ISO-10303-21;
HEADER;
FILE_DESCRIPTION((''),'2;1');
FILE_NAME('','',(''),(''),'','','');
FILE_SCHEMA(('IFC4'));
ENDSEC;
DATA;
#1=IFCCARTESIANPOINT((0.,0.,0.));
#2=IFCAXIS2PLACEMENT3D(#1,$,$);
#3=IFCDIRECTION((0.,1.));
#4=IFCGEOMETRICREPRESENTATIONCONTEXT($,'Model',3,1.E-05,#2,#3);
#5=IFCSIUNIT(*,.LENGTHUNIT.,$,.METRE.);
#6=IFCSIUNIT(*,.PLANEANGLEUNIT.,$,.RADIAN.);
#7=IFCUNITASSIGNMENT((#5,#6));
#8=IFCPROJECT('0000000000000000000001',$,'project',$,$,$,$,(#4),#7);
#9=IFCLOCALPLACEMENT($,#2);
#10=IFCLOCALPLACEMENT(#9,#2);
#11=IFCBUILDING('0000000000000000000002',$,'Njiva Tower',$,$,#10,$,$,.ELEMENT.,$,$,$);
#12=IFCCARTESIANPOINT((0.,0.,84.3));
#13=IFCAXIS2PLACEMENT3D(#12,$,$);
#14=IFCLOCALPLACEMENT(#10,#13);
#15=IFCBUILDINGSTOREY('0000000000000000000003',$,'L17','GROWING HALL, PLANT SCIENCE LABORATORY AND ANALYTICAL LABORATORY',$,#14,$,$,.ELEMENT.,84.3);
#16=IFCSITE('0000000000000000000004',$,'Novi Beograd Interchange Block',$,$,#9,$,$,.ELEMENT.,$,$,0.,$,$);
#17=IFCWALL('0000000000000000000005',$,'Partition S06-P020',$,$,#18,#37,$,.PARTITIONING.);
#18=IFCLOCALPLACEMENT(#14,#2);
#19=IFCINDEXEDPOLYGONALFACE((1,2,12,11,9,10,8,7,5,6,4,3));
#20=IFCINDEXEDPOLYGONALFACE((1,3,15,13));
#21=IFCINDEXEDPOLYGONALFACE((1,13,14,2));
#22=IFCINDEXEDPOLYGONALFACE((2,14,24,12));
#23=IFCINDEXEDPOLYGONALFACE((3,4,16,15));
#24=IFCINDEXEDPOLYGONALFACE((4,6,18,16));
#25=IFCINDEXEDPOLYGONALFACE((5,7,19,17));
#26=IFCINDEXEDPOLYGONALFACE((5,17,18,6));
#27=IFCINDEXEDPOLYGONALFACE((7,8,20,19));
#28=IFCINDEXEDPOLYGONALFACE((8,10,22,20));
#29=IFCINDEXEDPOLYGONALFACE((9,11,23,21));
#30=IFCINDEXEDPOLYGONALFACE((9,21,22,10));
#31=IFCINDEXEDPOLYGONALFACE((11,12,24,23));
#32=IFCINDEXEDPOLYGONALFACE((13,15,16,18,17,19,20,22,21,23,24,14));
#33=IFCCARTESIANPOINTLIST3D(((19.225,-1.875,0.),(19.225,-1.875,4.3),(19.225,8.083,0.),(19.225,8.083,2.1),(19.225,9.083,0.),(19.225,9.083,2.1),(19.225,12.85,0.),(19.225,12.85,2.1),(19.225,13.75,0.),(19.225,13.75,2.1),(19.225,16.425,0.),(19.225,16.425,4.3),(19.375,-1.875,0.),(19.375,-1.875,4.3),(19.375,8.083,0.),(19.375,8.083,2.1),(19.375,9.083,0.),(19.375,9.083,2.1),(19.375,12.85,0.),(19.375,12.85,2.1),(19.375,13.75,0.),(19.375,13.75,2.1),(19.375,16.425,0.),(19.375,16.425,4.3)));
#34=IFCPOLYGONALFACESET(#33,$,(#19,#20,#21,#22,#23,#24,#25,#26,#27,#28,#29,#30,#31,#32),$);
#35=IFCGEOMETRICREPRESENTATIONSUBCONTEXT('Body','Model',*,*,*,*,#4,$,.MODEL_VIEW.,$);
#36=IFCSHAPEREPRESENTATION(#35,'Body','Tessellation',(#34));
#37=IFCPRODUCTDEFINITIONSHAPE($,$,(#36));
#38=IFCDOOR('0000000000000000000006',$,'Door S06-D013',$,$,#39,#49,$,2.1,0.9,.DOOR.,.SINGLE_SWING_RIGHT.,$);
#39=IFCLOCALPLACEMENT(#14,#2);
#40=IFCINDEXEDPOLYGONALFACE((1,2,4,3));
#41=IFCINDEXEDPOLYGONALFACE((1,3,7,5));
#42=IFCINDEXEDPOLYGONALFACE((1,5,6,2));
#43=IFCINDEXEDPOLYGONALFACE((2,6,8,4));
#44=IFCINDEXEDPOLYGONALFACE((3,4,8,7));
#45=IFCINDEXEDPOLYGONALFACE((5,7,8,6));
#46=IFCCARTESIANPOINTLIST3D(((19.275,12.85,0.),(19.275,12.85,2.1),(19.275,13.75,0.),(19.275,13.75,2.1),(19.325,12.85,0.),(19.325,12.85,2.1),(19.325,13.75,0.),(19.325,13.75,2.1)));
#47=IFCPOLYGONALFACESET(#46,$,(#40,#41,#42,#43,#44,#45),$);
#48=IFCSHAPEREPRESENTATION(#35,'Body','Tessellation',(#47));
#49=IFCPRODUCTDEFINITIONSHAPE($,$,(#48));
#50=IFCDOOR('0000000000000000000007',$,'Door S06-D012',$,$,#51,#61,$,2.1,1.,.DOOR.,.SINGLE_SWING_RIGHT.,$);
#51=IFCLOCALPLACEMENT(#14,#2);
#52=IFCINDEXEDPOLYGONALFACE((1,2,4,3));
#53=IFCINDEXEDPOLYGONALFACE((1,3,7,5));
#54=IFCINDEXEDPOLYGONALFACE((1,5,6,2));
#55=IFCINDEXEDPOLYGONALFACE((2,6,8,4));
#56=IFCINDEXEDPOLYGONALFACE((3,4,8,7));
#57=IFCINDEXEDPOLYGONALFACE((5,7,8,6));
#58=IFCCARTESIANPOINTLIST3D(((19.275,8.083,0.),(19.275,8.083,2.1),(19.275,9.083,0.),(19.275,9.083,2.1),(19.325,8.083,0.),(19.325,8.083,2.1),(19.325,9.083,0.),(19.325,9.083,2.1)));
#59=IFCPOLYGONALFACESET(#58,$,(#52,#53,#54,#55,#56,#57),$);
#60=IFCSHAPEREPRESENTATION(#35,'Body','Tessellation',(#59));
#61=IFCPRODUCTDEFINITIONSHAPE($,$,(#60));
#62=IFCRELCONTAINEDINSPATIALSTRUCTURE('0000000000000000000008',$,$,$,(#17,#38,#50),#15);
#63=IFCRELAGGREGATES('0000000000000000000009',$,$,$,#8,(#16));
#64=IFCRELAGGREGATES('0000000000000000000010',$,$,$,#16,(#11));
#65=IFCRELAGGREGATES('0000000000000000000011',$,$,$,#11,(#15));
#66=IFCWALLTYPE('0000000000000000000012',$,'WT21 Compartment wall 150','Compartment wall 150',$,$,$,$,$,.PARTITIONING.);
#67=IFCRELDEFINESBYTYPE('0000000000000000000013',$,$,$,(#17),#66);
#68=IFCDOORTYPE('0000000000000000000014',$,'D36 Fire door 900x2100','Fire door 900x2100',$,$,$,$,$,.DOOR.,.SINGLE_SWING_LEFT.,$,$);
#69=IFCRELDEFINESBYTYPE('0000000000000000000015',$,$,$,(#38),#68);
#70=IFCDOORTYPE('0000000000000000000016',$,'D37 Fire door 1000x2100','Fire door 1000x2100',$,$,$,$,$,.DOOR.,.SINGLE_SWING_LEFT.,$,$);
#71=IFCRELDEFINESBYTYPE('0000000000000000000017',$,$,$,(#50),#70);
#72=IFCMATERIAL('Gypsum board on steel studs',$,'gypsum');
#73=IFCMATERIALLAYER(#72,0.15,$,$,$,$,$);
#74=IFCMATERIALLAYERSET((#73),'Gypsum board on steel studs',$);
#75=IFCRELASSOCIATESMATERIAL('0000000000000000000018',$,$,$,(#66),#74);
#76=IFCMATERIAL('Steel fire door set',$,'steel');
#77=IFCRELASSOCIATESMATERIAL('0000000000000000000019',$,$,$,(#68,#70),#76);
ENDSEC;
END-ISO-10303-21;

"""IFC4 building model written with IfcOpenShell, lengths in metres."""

from ifc_helpers import new_model, si_unit, direction, frame, frame_2d, origin, place, context, subcontext, project, spatial, rectangle, extrude, material, layer, layer_set, type_object, element, fill, save


model = new_model("IFC4")

# Units and contexts
model_context = context("Model", 3, precision=1e-05, world=origin(), true_north=direction((0.0, 1.0)))
body_context = subcontext(model_context, "Body", "Model", "MODEL_VIEW")
ifc_project = project(units=[si_unit("LENGTHUNIT", "METRE"), si_unit("PLANEANGLEUNIT", "RADIAN")], contexts=[model_context])

# Site, building, storey
site_placement = place(None, origin())
site = spatial("IfcSite", under=ifc_project, at=site_placement, Name="Novi Beograd Interchange Block", CompositionType="ELEMENT", RefElevation=0.0)
building_placement = place(site_placement, origin())
building = spatial("IfcBuilding", under=site, at=building_placement, Name="Njiva Tower", CompositionType="ELEMENT")
storey_placement = place(building_placement, frame((0.0, 0.0, 84.3)))
storey = spatial("IfcBuildingStorey", under=building, at=storey_placement, Name="L17", Description="GROWING HALL, PLANT SCIENCE LABORATORY AND ANALYTICAL LABORATORY", CompositionType="ELEMENT", Elevation=84.3)

# Wall, openings, doors
ifc_material_1 = material(Name="Gypsum board on steel studs", Category="gypsum")
ifc_layer = layer(ifc_material_1, 0.15)
ifc_layer_set = layer_set([ifc_layer], Name="Gypsum board on steel studs")
wall_type = type_object("IfcWallType", Name="WT21 Compartment wall 150", Description="Compartment wall 150", PredefinedType="PARTITIONING", material=ifc_layer_set)
wall_placement = place(storey_placement, frame((19.3, -1.875, 0.0), z_axis=(0.0, 0.0, 1.0), x_axis=(0.0, 1.0, 0.0)))
wall = element("IfcWall", 1, at=wall_placement, inside=storey, type_object=wall_type, Name="Partition S06-P020", PredefinedType="PARTITIONING", context=body_context, shape_type="SweptSolid", body=[
    extrude(rectangle(XDim=18.3, YDim=0.15, at=frame_2d((9.15, 0.0))), origin(), (0.0, 0.0, 1.0), 4.3),
])
opening_1_placement = place(wall_placement, frame((9.958, 0.0, 0.0)))
opening_1 = element("IfcOpeningElement", 2, at=opening_1_placement, cuts=wall, PredefinedType="OPENING", context=body_context, shape_type="SweptSolid", body=[
    extrude(rectangle(XDim=1.0, YDim=2.1, at=frame_2d((0.5, 1.05))), frame((0.0, 0.085, 0.0), z_axis=(0.0, -1.0, 0.0), x_axis=(1.0, 0.0, 0.0)), (0.0, 0.0, 1.0), 0.17),
])
opening_2_placement = place(wall_placement, frame((14.725, 0.0, 0.0)))
opening_2 = element("IfcOpeningElement", 3, at=opening_2_placement, cuts=wall, PredefinedType="OPENING", context=body_context, shape_type="SweptSolid", body=[
    extrude(rectangle(XDim=0.9, YDim=2.1, at=frame_2d((0.45, 1.05))), frame((0.0, 0.085, 0.0), z_axis=(0.0, -1.0, 0.0), x_axis=(1.0, 0.0, 0.0)), (0.0, 0.0, 1.0), 0.17),
])
ifc_material_2 = material(Name="Steel fire door set", Category="steel")
door_type_1 = type_object("IfcDoorType", Name="D36 Fire door 900x2100", Description="Fire door 900x2100", OperationType="SINGLE_SWING_LEFT", PredefinedType="DOOR", material=ifc_material_2)
door_1_placement = place(opening_2_placement, origin())
door_1 = element("IfcDoor", 4, at=door_1_placement, inside=storey, type_object=door_type_1, Name="Door S06-D013", OperationType="SINGLE_SWING_RIGHT", OverallHeight=2.1, OverallWidth=0.9, PredefinedType="DOOR", context=body_context, shape_type="SweptSolid", body=[
    extrude(rectangle(XDim=0.9, YDim=2.1, at=frame_2d((0.45, 1.05))), frame((0.0, 0.025, 0.0), z_axis=(0.0, -1.0, 0.0), x_axis=(1.0, 0.0, 0.0)), (0.0, 0.0, 1.0), 0.05),
])
fill(opening_2, door_1)
door_type_2 = type_object("IfcDoorType", Name="D37 Fire door 1000x2100", Description="Fire door 1000x2100", OperationType="SINGLE_SWING_LEFT", PredefinedType="DOOR", material=ifc_material_2)
door_2_placement = place(opening_1_placement, origin())
door_2 = element("IfcDoor", 5, at=door_2_placement, inside=storey, type_object=door_type_2, Name="Door S06-D012", OperationType="SINGLE_SWING_RIGHT", OverallHeight=2.1, OverallWidth=1.0, PredefinedType="DOOR", context=body_context, shape_type="SweptSolid", body=[
    extrude(rectangle(XDim=1.0, YDim=2.1, at=frame_2d((0.5, 1.05))), frame((0.0, 0.025, 0.0), z_axis=(0.0, -1.0, 0.0), x_axis=(1.0, 0.0, 0.0)), (0.0, 0.0, 1.0), 0.05),
])
fill(opening_1, door_2)

save(model, "model.ifc")
